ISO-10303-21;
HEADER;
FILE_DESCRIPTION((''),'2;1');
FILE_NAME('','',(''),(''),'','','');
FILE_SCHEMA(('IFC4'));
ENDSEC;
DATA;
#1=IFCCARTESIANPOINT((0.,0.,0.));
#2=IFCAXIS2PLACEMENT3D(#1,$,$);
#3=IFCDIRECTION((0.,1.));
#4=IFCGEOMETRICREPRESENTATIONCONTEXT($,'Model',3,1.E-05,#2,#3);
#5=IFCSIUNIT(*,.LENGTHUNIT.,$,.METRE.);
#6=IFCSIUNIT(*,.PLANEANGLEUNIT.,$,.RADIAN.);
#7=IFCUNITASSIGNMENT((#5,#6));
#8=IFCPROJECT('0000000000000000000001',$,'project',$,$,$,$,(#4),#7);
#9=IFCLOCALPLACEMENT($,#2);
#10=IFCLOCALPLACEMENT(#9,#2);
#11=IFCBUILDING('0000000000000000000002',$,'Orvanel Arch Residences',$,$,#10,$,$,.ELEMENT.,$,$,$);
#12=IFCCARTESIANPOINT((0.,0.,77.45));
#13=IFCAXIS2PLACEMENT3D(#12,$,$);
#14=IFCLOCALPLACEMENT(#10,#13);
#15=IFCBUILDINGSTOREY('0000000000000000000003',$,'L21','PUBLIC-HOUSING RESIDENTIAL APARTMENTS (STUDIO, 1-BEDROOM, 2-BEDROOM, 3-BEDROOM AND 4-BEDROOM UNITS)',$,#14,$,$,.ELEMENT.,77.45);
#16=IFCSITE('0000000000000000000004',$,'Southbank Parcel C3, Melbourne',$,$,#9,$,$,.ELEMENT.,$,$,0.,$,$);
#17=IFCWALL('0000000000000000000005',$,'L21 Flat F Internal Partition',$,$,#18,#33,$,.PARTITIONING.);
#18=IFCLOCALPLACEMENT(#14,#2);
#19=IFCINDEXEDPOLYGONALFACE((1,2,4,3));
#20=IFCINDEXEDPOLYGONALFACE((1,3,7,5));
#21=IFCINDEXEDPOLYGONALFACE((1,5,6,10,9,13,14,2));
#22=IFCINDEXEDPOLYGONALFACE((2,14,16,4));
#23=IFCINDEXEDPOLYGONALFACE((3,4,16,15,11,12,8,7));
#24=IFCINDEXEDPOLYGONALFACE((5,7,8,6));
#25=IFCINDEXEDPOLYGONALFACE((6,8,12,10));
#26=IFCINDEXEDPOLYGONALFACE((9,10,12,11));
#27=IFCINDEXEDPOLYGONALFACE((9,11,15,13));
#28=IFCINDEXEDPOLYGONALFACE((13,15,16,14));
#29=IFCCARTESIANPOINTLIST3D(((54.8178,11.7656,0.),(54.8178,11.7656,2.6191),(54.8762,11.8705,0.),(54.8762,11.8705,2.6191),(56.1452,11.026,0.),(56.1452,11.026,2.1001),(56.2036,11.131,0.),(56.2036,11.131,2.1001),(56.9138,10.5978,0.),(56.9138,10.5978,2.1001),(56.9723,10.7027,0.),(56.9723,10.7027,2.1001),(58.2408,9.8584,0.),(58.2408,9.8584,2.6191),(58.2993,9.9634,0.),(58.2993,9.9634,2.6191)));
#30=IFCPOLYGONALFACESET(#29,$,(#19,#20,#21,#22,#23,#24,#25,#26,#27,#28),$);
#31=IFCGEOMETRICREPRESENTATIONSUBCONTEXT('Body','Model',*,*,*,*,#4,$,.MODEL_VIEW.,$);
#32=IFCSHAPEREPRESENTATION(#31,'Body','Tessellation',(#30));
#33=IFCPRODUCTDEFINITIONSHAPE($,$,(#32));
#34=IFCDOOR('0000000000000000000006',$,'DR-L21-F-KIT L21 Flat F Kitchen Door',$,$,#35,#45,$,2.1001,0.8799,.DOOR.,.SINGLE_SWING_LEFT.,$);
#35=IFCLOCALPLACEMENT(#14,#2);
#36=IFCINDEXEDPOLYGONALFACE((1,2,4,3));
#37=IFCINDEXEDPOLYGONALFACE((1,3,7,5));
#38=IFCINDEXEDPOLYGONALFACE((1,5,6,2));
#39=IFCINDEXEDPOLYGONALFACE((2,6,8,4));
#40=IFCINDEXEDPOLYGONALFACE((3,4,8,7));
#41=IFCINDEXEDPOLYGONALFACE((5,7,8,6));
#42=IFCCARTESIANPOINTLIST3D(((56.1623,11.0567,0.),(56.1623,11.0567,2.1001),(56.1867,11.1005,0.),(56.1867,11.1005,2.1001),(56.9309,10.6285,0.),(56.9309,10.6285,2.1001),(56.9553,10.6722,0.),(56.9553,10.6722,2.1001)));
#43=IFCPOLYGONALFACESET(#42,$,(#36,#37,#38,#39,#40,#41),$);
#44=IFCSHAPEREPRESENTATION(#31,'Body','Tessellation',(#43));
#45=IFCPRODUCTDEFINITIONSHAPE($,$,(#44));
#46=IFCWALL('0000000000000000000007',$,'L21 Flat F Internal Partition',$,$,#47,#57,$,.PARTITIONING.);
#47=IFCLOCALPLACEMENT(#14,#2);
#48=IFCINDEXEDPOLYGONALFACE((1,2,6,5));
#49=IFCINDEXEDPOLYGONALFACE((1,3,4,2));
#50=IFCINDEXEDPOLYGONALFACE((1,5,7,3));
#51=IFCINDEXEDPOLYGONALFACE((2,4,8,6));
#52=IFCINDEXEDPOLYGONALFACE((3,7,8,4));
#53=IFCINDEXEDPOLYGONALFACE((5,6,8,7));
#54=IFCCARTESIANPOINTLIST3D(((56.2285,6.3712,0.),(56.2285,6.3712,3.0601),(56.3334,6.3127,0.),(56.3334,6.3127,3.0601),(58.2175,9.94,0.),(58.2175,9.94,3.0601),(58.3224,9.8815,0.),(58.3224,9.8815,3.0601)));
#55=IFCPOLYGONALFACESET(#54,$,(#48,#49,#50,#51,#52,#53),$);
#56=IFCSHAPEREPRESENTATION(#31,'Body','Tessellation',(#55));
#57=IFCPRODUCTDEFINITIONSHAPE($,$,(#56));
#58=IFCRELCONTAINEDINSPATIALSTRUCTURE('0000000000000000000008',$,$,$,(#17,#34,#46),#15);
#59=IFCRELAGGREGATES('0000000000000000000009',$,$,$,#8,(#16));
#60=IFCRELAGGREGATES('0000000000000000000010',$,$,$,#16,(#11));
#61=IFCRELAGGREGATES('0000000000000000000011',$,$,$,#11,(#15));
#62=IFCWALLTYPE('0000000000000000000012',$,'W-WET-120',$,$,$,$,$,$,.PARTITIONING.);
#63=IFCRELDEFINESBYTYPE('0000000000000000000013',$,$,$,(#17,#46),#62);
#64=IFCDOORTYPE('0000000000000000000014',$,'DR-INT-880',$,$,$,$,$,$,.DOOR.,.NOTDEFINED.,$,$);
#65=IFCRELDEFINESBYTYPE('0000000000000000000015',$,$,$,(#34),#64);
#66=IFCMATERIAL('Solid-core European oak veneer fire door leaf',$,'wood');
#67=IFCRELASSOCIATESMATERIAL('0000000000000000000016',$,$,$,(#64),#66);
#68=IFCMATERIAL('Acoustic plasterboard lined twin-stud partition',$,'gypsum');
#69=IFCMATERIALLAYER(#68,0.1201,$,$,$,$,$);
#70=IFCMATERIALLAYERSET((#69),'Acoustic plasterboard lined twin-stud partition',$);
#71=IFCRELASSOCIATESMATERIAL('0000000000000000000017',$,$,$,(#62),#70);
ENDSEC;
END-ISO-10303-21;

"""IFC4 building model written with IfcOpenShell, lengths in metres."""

from ifc_helpers import new_model, si_unit, direction, frame, frame_2d, origin, place, context, subcontext, project, spatial, rectangle, extrude, material, layer, layer_set, type_object, element, fill, save


model = new_model("IFC4")

# Units and contexts
model_context = context("Model", 3, precision=1e-05, world=origin(), true_north=direction((0.0, 1.0)))
body_context = subcontext(model_context, "Body", "Model", "MODEL_VIEW")
ifc_project = project(units=[si_unit("LENGTHUNIT", "METRE"), si_unit("PLANEANGLEUNIT", "RADIAN")], contexts=[model_context])

# Site, building, storey
site_placement = place(None, origin())
site = spatial("IfcSite", under=ifc_project, at=site_placement, Name="Southbank Parcel C3, Melbourne", CompositionType="ELEMENT", RefElevation=0.0)
building_placement = place(site_placement, origin())
building = spatial("IfcBuilding", under=site, at=building_placement, Name="Orvanel Arch Residences", CompositionType="ELEMENT")
storey_placement = place(building_placement, frame((0.0, 0.0, 77.45)))
storey = spatial("IfcBuildingStorey", under=building, at=storey_placement, Name="L21", Description="PUBLIC-HOUSING RESIDENTIAL APARTMENTS (STUDIO, 1-BEDROOM, 2-BEDROOM, 3-BEDROOM AND 4-BEDROOM UNITS)", CompositionType="ELEMENT", Elevation=77.45)

# Shared definitions
ifc_material_1 = material(Name="Acoustic plasterboard lined twin-stud partition", Category="gypsum")
ifc_material_2 = material(Name="Solid-core European oak veneer fire door leaf", Category="wood")
door_type = type_object("IfcDoorType", Name="DR-INT-880", OperationType="NOTDEFINED", PredefinedType="DOOR", material=ifc_material_2)

# Wall, opening, door
ifc_layer_1 = layer(ifc_material_1, 0.1201)
ifc_layer_set_1 = layer_set([ifc_layer_1], Name="Acoustic plasterboard lined twin-stud partition")
wall_type_1 = type_object("IfcWallType", Name="W-WET-120", PredefinedType="PARTITIONING", material=ifc_layer_set_1)
wall_1_placement = place(storey_placement, frame((58.27, 9.9109, 0.0), z_axis=(0.0, 0.0, 1.0), x_axis=(-0.87356, 0.486716, 0.0)))
wall_1 = element("IfcWall", 1, at=wall_1_placement, inside=storey, type_object=wall_type_1, Name="L21 Flat F Internal Partition", PredefinedType="PARTITIONING", context=body_context, shape_type="SweptSolid", body=[
    extrude(rectangle(XDim=3.9185, YDim=0.1201, at=frame_2d((1.9592, 0.0))), origin(), (0.0, 0.0, 1.0), 2.6191),
])
opening_1_placement = place(wall_1_placement, frame((1.519, 0.0, 0.0)))
opening_1 = element("IfcOpeningElement", 2, at=opening_1_placement, cuts=wall_1, PredefinedType="OPENING", context=body_context, shape_type="SweptSolid", body=[
    extrude(rectangle(XDim=0.8799, YDim=2.1001, at=frame_2d((0.4399, 1.05))), frame((0.0, 0.0701, 0.0), z_axis=(0.0, -1.0, 0.0), x_axis=(1.0, 0.0, 0.0)), (0.0, 0.0, 1.0), 0.1401),
])
door_1_placement = place(opening_1_placement, origin())
door_1 = element("IfcDoor", 3, at=door_1_placement, inside=storey, type_object=door_type, Name="DR-L21-F-KIT L21 Flat F Kitchen Door", OperationType="SINGLE_SWING_LEFT", OverallHeight=2.1001, OverallWidth=0.8799, PredefinedType="DOOR", context=body_context, shape_type="SweptSolid", body=[
    extrude(rectangle(XDim=0.8799, YDim=2.1001, at=frame_2d((0.4399, 1.05))), frame((0.0, 0.0249, 0.0), z_axis=(0.0, -1.0, 0.0), x_axis=(1.0, 0.0, 0.0)), (0.0, 0.0, 1.0), 0.05),
])
fill(opening_1, door_1)

# Wall
wall_2_placement = place(storey_placement, frame((58.27, 9.9109, 0.0), z_axis=(0.0, 0.0, 1.0), x_axis=(-0.486825, -0.8735, 0.0)))
element("IfcWall", 4, at=wall_2_placement, inside=storey, type_object=wall_type_1, Name="L21 Flat F Internal Partition", PredefinedType="PARTITIONING", context=body_context, shape_type="SweptSolid", body=[
    extrude(rectangle(XDim=4.0857, YDim=0.1201, at=frame_2d((2.043, 0.0))), origin(), (0.0, 0.0, 1.0), 3.0601),
])

save(model, "model.ifc")
